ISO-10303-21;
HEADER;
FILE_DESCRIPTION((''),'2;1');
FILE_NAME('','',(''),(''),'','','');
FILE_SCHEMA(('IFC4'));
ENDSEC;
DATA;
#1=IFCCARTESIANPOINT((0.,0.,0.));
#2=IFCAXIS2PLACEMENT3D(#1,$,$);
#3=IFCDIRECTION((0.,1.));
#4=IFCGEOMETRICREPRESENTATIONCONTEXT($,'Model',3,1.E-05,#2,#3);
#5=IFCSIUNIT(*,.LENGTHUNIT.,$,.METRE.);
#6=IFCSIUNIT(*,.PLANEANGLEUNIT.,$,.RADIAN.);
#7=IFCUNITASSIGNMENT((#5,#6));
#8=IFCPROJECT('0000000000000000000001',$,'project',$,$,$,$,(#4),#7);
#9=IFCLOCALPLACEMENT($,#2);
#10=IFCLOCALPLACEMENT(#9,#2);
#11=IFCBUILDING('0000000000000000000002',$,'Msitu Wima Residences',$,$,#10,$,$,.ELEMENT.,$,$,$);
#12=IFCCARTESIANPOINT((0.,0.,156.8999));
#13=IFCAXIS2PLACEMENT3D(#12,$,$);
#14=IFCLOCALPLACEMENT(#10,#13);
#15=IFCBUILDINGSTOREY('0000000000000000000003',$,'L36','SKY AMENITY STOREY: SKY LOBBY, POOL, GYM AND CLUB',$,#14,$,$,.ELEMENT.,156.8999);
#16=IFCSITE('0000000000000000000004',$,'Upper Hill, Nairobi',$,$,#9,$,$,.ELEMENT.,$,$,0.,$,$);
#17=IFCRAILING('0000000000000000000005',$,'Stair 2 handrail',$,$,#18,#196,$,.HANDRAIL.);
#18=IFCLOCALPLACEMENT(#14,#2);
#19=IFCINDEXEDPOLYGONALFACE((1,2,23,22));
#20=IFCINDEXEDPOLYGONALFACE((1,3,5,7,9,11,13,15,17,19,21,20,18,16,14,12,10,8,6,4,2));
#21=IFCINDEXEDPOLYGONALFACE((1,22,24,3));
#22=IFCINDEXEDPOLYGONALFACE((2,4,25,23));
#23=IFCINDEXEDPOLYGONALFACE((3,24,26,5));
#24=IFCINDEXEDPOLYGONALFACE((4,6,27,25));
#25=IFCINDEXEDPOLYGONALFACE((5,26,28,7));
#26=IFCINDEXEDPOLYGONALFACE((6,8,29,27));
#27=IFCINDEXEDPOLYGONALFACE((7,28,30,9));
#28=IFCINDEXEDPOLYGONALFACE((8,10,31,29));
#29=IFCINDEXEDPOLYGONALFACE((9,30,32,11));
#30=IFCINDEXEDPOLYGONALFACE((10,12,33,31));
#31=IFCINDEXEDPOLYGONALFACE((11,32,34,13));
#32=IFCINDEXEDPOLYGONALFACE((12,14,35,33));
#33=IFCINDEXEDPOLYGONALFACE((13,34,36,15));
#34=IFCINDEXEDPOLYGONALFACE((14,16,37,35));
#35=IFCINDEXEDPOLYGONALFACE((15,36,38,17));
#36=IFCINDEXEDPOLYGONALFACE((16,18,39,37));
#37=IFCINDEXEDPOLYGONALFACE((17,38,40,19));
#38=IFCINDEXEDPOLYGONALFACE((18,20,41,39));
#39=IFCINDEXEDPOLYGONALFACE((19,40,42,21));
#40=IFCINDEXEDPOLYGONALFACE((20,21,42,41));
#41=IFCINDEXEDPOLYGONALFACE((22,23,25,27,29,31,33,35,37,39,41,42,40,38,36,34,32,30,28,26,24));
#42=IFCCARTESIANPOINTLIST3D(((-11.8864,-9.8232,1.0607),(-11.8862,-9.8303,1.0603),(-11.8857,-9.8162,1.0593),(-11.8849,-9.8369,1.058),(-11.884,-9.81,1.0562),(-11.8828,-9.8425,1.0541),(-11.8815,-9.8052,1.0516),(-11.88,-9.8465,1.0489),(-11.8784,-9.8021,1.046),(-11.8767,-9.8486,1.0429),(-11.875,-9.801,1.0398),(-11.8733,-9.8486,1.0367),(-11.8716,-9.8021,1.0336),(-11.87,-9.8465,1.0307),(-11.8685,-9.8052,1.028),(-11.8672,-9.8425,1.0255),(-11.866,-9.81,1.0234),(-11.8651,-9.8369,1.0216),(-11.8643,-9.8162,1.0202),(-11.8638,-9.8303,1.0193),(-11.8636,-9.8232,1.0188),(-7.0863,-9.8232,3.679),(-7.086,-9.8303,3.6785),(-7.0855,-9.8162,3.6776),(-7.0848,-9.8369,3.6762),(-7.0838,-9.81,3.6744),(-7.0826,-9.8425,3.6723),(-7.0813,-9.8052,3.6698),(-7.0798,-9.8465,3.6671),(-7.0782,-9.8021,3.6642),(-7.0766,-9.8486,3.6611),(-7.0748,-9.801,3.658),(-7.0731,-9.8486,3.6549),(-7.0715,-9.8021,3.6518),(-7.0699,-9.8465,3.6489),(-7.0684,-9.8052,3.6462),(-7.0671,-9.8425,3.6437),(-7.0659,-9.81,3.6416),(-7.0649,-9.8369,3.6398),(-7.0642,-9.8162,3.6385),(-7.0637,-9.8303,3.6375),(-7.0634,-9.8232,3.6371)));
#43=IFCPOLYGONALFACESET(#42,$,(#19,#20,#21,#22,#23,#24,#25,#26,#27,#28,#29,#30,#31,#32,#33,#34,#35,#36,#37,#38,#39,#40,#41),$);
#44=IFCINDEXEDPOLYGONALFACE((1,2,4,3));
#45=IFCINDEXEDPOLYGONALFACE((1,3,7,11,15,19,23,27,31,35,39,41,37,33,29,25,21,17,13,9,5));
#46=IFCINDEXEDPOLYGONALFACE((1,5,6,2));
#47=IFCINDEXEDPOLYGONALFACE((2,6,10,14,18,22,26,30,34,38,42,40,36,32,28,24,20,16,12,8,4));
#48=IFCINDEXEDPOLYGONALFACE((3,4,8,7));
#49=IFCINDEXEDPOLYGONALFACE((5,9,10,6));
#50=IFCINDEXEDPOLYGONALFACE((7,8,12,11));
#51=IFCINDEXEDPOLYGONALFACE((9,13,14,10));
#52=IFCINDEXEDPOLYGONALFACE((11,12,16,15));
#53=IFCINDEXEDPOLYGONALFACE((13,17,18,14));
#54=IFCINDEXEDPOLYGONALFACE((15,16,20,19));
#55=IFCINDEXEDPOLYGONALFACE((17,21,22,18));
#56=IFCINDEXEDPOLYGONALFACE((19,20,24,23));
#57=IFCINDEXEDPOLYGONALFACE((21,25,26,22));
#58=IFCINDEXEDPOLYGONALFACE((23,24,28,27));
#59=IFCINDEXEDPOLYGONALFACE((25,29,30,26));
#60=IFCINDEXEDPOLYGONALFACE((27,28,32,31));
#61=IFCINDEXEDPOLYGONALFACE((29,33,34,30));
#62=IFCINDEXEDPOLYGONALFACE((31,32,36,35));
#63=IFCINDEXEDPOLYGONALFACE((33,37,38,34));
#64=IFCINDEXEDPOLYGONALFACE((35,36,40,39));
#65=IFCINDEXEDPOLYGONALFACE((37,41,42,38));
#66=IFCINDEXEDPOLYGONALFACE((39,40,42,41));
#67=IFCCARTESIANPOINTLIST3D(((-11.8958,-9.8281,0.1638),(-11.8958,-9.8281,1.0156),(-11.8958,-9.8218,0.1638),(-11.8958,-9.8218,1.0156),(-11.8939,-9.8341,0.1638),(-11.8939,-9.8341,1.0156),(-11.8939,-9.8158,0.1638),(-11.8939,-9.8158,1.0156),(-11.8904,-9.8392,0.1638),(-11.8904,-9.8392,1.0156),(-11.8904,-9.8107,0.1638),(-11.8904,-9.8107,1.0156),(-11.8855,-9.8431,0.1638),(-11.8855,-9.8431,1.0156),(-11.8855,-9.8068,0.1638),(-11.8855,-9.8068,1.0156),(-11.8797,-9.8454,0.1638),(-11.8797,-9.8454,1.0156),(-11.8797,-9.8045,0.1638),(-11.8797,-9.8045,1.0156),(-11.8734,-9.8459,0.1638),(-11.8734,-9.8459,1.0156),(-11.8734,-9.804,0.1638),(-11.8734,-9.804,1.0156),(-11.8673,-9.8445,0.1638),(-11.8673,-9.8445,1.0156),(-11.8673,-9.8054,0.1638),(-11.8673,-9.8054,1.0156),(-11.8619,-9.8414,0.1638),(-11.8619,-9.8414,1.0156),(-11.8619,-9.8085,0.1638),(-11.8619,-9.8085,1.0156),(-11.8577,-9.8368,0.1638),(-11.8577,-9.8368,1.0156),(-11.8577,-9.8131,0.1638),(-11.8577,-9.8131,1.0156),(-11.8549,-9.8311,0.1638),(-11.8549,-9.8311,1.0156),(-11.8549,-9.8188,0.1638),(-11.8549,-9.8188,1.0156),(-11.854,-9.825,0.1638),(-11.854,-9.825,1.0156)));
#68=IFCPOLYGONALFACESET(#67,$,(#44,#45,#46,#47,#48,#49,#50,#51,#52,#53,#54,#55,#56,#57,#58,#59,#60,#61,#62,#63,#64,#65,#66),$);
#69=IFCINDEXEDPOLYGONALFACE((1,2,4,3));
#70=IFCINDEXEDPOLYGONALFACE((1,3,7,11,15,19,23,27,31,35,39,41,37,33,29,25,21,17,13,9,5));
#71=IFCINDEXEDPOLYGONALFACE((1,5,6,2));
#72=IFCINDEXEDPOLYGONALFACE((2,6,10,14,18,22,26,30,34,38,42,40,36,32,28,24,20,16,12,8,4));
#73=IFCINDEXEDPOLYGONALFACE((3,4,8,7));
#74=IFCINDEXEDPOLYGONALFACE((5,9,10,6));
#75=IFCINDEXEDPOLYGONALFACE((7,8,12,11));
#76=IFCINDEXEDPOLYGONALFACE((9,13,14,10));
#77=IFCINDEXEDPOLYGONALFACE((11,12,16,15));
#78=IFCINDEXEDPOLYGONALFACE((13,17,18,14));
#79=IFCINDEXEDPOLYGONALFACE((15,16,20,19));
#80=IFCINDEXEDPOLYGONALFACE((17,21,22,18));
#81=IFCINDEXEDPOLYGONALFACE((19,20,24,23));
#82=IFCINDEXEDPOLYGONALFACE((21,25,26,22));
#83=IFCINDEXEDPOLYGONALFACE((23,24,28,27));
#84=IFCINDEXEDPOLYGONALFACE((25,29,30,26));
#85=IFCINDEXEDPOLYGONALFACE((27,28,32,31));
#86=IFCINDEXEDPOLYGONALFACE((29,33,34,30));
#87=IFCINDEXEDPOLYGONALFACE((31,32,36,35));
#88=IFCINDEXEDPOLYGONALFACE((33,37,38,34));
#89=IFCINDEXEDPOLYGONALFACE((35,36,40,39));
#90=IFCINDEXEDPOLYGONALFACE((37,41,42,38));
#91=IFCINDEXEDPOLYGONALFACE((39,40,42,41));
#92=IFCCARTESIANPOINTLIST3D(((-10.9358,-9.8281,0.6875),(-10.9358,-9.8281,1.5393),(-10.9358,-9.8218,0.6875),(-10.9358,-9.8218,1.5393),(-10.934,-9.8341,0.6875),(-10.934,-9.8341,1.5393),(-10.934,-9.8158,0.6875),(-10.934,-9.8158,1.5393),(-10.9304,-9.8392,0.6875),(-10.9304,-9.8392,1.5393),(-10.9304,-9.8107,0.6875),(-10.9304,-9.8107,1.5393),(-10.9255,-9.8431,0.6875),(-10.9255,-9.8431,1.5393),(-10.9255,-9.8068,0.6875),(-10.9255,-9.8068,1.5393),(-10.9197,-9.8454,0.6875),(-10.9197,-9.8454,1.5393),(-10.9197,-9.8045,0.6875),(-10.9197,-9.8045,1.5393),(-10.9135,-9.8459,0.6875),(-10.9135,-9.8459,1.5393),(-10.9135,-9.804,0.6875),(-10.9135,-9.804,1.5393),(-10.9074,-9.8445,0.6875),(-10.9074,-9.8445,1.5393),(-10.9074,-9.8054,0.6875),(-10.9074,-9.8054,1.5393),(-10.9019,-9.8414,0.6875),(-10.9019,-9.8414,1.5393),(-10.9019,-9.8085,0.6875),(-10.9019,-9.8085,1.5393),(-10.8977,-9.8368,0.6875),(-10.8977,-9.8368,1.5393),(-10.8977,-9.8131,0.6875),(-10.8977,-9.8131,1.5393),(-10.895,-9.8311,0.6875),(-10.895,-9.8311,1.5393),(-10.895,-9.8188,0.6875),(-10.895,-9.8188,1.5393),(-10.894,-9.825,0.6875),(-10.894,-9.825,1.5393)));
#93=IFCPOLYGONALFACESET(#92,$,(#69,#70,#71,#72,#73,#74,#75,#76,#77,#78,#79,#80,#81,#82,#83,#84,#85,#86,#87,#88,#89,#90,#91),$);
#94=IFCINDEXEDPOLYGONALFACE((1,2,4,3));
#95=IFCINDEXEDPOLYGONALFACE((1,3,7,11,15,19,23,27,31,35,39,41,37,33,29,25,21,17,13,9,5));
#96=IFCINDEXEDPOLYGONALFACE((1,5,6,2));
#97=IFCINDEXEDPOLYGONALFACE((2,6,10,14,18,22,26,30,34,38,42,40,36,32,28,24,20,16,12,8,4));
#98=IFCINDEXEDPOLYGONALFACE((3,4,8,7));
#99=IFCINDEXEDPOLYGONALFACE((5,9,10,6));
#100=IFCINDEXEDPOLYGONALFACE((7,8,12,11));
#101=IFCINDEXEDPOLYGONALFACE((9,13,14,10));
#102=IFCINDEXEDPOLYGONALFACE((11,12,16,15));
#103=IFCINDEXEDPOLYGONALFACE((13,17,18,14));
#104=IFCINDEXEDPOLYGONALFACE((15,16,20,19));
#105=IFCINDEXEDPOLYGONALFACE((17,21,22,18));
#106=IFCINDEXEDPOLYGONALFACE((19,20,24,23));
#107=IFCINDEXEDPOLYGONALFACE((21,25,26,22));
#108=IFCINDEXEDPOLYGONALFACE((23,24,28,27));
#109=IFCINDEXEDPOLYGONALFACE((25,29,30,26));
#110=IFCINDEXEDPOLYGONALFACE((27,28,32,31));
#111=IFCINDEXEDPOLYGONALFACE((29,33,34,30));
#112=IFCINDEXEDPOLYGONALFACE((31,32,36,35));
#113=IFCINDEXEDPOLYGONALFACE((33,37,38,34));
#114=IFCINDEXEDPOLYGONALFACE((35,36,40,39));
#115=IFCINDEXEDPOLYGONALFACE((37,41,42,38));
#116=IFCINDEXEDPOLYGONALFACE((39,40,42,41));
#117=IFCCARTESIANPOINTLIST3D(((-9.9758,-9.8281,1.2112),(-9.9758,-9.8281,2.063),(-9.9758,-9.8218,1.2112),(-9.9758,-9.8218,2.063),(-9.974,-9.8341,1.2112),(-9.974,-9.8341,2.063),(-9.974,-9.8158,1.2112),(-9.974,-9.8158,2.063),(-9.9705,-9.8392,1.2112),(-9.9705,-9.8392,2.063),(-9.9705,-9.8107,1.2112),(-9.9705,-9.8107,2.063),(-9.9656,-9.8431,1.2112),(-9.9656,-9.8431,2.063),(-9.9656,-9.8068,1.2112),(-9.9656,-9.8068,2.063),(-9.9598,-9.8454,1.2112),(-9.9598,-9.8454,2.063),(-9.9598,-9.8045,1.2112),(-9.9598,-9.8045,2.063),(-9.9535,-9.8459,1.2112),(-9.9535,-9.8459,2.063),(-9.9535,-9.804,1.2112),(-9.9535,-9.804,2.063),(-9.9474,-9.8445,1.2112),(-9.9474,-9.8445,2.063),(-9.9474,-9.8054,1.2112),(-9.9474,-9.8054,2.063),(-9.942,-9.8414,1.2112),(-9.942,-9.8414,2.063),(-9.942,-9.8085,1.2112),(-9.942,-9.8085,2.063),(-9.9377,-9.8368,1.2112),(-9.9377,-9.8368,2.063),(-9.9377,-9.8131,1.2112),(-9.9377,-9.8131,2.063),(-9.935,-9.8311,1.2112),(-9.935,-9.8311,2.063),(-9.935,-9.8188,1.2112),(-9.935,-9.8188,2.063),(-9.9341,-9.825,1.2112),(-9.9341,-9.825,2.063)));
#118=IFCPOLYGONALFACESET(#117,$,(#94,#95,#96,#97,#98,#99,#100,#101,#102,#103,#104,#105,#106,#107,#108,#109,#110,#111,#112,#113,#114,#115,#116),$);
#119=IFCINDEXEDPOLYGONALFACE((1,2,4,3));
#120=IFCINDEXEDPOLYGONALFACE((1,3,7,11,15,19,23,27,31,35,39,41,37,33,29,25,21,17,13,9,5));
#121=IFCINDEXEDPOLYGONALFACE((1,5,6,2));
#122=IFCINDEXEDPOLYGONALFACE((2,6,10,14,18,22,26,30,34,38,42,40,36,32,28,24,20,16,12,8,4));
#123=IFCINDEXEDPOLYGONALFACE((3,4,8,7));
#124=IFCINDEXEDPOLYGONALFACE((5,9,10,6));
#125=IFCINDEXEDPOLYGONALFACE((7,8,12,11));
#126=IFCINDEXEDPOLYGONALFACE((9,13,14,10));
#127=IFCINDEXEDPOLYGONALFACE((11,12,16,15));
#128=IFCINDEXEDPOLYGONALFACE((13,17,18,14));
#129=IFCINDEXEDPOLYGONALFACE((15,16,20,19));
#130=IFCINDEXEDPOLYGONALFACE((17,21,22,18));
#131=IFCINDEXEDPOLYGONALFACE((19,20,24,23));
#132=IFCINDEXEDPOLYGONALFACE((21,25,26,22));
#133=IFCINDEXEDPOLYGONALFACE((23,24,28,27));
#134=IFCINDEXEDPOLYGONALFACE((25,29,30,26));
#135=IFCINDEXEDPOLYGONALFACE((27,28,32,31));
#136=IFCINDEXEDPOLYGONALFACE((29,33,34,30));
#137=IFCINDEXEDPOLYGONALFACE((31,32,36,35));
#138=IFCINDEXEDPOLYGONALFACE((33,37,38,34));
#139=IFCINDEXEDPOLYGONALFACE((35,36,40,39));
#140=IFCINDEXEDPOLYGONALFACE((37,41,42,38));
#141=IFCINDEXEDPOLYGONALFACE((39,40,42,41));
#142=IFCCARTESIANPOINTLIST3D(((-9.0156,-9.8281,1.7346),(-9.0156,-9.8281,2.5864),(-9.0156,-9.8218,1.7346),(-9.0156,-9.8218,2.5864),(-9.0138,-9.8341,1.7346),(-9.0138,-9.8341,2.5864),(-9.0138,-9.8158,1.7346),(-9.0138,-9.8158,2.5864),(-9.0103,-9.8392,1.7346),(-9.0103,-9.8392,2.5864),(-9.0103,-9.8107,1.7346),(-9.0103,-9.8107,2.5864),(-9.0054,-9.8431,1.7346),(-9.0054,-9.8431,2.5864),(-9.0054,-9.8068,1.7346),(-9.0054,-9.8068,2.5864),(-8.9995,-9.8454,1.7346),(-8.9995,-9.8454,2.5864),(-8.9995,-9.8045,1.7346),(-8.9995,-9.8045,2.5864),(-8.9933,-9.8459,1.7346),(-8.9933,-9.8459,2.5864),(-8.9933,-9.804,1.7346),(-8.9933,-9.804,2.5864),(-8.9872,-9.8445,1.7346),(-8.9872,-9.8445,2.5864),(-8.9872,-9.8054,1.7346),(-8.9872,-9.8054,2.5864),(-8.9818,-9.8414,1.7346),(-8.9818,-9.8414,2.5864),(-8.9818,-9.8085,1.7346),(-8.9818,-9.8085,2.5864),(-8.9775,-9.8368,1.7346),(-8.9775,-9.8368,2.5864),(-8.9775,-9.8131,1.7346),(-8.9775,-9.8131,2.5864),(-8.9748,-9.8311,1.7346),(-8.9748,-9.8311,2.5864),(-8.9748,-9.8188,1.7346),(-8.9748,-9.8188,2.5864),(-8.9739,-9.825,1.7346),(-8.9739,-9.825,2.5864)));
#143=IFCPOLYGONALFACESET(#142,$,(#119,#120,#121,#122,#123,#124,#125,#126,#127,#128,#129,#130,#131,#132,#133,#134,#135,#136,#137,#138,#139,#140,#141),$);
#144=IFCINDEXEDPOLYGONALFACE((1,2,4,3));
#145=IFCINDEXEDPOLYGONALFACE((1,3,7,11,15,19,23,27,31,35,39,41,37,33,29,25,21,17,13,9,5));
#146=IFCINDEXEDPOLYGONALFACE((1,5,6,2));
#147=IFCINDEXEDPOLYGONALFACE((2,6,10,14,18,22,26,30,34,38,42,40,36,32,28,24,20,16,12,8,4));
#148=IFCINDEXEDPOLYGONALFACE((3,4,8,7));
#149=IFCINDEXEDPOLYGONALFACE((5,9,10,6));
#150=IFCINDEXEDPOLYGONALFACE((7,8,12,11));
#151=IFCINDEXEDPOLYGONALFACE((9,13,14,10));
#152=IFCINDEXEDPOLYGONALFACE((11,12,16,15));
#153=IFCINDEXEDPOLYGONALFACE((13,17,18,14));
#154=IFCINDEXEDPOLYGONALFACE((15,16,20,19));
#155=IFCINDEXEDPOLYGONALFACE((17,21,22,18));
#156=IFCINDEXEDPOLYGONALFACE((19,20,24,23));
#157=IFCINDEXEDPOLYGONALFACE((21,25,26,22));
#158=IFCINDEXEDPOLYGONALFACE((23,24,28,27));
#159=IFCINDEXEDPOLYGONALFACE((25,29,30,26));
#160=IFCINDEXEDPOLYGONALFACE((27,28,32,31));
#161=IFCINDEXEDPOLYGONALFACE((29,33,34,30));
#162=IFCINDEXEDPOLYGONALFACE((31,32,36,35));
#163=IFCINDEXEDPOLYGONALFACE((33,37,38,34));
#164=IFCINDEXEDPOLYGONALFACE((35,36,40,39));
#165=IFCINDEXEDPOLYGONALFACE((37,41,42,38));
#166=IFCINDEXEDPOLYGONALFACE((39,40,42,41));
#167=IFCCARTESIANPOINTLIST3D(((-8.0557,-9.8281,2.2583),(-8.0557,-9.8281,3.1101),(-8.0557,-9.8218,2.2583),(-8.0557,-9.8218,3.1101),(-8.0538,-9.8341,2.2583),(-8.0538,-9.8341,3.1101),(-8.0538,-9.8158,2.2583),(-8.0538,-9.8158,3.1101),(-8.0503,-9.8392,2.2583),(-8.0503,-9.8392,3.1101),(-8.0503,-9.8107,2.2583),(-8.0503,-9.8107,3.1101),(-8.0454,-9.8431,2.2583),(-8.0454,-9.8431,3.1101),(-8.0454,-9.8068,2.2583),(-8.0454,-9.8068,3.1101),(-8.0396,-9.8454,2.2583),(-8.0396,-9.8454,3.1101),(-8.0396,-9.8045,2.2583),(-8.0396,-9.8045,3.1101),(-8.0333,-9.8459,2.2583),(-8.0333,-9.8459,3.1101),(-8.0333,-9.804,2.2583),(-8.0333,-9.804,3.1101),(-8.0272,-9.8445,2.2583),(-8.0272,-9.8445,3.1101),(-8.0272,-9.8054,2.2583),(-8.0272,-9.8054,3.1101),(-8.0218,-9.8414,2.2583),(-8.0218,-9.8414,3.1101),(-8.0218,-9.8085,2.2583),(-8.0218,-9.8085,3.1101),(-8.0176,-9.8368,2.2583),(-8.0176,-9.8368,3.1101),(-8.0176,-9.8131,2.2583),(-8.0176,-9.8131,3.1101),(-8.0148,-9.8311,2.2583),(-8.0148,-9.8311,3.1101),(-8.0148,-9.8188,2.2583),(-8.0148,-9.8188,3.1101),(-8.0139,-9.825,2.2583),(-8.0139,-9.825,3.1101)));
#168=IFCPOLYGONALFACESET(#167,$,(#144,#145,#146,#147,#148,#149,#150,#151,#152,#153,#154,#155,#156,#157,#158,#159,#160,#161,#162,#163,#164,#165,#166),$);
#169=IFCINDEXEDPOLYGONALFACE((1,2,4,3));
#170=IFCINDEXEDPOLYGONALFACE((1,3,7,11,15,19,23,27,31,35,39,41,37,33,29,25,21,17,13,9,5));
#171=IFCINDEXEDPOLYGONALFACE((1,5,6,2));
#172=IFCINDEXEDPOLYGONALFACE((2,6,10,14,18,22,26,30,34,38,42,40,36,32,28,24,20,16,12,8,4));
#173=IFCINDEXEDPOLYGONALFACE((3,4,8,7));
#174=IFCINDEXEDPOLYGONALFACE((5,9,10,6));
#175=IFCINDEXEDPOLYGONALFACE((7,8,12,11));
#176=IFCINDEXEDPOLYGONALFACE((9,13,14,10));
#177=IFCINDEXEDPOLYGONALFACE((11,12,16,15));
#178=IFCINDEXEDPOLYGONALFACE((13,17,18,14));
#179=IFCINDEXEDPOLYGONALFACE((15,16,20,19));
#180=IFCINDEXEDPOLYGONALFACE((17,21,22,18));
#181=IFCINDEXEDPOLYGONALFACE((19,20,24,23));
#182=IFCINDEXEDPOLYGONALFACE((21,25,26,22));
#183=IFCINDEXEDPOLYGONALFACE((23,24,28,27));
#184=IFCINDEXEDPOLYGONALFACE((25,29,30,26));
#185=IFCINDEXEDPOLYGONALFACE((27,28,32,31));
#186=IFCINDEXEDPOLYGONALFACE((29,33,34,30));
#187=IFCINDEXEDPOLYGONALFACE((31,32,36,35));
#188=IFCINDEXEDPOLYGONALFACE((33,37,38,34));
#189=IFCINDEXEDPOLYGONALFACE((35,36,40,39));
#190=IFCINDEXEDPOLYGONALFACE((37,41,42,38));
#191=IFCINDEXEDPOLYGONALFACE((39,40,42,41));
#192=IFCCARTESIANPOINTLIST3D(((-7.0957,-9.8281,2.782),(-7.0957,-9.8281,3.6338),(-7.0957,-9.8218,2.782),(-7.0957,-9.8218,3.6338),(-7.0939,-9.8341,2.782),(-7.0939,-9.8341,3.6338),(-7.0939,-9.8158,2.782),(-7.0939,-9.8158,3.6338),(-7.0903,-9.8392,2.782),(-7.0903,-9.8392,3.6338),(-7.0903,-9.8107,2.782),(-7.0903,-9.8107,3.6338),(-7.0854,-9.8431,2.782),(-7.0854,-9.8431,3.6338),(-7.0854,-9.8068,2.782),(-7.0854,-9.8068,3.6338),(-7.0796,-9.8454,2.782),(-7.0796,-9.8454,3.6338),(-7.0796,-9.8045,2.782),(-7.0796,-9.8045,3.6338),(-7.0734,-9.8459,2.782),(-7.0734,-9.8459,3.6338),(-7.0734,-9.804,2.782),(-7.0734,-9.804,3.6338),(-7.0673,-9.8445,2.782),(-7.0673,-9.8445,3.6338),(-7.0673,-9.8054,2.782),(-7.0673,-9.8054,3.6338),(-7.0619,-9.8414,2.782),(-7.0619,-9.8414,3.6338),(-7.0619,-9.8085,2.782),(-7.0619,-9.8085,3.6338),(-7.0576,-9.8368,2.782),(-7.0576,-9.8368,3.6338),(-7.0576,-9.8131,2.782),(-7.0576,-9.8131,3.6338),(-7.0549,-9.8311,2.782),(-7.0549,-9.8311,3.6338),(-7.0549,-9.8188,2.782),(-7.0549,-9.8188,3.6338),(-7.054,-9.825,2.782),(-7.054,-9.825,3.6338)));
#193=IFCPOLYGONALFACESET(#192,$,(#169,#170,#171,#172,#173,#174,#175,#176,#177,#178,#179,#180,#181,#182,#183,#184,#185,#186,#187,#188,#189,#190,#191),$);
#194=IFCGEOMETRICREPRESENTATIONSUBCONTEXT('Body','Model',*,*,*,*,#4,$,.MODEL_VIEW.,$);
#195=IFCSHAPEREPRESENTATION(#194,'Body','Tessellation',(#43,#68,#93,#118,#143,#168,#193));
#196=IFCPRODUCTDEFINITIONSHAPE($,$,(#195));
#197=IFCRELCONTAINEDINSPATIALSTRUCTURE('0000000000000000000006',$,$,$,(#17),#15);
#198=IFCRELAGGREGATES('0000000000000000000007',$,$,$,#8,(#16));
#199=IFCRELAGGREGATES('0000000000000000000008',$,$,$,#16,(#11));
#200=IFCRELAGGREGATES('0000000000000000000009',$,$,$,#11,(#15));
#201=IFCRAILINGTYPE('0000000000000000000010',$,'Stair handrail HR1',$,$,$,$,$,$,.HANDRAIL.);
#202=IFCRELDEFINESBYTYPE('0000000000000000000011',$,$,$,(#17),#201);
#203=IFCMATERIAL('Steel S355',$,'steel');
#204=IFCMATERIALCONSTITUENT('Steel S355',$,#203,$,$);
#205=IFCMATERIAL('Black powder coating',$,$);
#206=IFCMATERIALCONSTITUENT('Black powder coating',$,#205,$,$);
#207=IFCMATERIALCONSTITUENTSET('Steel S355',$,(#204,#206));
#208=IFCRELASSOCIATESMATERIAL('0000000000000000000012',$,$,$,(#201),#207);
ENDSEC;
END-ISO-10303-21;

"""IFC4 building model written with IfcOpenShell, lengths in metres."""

from ifc_helpers import new_model, si_unit, direction, frame, origin, origin_2d, place, context, subcontext, project, spatial, circle, extrude, material, constituent, constituent_set, type_object, element, save


model = new_model("IFC4")

# Units and contexts
model_context = context("Model", 3, precision=1e-05, world=origin(), true_north=direction((0.0, 1.0)))
body_context = subcontext(model_context, "Body", "Model", "MODEL_VIEW")
ifc_project = project(units=[si_unit("LENGTHUNIT", "METRE"), si_unit("PLANEANGLEUNIT", "RADIAN")], contexts=[model_context])

# Site, building, storey
site_placement = place(None, origin())
site = spatial("IfcSite", under=ifc_project, at=site_placement, Name="Upper Hill, Nairobi", CompositionType="ELEMENT", RefElevation=0.0)
building_placement = place(site_placement, origin())
building = spatial("IfcBuilding", under=site, at=building_placement, Name="Msitu Wima Residences", CompositionType="ELEMENT")
storey_placement = place(building_placement, frame((0.0, 0.0, 156.8999)))
storey = spatial("IfcBuildingStorey", under=building, at=storey_placement, Name="L36", Description="SKY AMENITY STOREY: SKY LOBBY, POOL, GYM AND CLUB", CompositionType="ELEMENT", Elevation=156.8999)

# Railing
ifc_material_1 = material(Name="Steel S355", Category="steel")
ifc_constituent_1 = constituent(ifc_material_1, Name="Steel S355")
ifc_material_2 = material(Name="Black powder coating")
ifc_constituent_2 = constituent(ifc_material_2, Name="Black powder coating")
ifc_constituent_set = constituent_set(constituents=[ifc_constituent_1, ifc_constituent_2], Name="Steel S355")
railing_type = type_object("IfcRailingType", Name="Stair handrail HR1", PredefinedType="HANDRAIL", material=ifc_constituent_set)
for number, where, name in (
    (1, (-11.875, -9.825, 0.1638), "Stair 2 handrail"),
):
    element("IfcRailing", number, at=place(storey_placement, frame(where)), inside=storey, type_object=railing_type, Name=name, PredefinedType="HANDRAIL", context=body_context, shape_type="SweptSolid", body=[
        extrude(circle(Radius=0.0239, at=origin_2d()), frame((0.0, 0.0, 0.876), z_axis=(0.877899, 0.0, 0.478846), x_axis=(0.0, 1.0, 0.0)), (0.0, 0.0, 1.0), 5.4678),
        extrude(circle(Radius=0.021, at=origin_2d()), origin(), (0.0, 0.0, 1.0), 0.8518),
        extrude(circle(Radius=0.021, at=origin_2d()), frame((0.96, 0.0, 0.5237)), (0.0, 0.0, 1.0), 0.8518),
        extrude(circle(Radius=0.021, at=origin_2d()), frame((1.9199, 0.0, 1.0474)), (0.0, 0.0, 1.0), 0.8518),
        extrude(circle(Radius=0.021, at=origin_2d()), frame((2.8801, 0.0, 1.5708)), (0.0, 0.0, 1.0), 0.8518),
        extrude(circle(Radius=0.021, at=origin_2d()), frame((3.8401, 0.0, 2.0945)), (0.0, 0.0, 1.0), 0.8518),
        extrude(circle(Radius=0.021, at=origin_2d()), frame((4.8, 0.0, 2.6182)), (0.0, 0.0, 1.0), 0.8518),
    ])

save(model, "model.ifc")
